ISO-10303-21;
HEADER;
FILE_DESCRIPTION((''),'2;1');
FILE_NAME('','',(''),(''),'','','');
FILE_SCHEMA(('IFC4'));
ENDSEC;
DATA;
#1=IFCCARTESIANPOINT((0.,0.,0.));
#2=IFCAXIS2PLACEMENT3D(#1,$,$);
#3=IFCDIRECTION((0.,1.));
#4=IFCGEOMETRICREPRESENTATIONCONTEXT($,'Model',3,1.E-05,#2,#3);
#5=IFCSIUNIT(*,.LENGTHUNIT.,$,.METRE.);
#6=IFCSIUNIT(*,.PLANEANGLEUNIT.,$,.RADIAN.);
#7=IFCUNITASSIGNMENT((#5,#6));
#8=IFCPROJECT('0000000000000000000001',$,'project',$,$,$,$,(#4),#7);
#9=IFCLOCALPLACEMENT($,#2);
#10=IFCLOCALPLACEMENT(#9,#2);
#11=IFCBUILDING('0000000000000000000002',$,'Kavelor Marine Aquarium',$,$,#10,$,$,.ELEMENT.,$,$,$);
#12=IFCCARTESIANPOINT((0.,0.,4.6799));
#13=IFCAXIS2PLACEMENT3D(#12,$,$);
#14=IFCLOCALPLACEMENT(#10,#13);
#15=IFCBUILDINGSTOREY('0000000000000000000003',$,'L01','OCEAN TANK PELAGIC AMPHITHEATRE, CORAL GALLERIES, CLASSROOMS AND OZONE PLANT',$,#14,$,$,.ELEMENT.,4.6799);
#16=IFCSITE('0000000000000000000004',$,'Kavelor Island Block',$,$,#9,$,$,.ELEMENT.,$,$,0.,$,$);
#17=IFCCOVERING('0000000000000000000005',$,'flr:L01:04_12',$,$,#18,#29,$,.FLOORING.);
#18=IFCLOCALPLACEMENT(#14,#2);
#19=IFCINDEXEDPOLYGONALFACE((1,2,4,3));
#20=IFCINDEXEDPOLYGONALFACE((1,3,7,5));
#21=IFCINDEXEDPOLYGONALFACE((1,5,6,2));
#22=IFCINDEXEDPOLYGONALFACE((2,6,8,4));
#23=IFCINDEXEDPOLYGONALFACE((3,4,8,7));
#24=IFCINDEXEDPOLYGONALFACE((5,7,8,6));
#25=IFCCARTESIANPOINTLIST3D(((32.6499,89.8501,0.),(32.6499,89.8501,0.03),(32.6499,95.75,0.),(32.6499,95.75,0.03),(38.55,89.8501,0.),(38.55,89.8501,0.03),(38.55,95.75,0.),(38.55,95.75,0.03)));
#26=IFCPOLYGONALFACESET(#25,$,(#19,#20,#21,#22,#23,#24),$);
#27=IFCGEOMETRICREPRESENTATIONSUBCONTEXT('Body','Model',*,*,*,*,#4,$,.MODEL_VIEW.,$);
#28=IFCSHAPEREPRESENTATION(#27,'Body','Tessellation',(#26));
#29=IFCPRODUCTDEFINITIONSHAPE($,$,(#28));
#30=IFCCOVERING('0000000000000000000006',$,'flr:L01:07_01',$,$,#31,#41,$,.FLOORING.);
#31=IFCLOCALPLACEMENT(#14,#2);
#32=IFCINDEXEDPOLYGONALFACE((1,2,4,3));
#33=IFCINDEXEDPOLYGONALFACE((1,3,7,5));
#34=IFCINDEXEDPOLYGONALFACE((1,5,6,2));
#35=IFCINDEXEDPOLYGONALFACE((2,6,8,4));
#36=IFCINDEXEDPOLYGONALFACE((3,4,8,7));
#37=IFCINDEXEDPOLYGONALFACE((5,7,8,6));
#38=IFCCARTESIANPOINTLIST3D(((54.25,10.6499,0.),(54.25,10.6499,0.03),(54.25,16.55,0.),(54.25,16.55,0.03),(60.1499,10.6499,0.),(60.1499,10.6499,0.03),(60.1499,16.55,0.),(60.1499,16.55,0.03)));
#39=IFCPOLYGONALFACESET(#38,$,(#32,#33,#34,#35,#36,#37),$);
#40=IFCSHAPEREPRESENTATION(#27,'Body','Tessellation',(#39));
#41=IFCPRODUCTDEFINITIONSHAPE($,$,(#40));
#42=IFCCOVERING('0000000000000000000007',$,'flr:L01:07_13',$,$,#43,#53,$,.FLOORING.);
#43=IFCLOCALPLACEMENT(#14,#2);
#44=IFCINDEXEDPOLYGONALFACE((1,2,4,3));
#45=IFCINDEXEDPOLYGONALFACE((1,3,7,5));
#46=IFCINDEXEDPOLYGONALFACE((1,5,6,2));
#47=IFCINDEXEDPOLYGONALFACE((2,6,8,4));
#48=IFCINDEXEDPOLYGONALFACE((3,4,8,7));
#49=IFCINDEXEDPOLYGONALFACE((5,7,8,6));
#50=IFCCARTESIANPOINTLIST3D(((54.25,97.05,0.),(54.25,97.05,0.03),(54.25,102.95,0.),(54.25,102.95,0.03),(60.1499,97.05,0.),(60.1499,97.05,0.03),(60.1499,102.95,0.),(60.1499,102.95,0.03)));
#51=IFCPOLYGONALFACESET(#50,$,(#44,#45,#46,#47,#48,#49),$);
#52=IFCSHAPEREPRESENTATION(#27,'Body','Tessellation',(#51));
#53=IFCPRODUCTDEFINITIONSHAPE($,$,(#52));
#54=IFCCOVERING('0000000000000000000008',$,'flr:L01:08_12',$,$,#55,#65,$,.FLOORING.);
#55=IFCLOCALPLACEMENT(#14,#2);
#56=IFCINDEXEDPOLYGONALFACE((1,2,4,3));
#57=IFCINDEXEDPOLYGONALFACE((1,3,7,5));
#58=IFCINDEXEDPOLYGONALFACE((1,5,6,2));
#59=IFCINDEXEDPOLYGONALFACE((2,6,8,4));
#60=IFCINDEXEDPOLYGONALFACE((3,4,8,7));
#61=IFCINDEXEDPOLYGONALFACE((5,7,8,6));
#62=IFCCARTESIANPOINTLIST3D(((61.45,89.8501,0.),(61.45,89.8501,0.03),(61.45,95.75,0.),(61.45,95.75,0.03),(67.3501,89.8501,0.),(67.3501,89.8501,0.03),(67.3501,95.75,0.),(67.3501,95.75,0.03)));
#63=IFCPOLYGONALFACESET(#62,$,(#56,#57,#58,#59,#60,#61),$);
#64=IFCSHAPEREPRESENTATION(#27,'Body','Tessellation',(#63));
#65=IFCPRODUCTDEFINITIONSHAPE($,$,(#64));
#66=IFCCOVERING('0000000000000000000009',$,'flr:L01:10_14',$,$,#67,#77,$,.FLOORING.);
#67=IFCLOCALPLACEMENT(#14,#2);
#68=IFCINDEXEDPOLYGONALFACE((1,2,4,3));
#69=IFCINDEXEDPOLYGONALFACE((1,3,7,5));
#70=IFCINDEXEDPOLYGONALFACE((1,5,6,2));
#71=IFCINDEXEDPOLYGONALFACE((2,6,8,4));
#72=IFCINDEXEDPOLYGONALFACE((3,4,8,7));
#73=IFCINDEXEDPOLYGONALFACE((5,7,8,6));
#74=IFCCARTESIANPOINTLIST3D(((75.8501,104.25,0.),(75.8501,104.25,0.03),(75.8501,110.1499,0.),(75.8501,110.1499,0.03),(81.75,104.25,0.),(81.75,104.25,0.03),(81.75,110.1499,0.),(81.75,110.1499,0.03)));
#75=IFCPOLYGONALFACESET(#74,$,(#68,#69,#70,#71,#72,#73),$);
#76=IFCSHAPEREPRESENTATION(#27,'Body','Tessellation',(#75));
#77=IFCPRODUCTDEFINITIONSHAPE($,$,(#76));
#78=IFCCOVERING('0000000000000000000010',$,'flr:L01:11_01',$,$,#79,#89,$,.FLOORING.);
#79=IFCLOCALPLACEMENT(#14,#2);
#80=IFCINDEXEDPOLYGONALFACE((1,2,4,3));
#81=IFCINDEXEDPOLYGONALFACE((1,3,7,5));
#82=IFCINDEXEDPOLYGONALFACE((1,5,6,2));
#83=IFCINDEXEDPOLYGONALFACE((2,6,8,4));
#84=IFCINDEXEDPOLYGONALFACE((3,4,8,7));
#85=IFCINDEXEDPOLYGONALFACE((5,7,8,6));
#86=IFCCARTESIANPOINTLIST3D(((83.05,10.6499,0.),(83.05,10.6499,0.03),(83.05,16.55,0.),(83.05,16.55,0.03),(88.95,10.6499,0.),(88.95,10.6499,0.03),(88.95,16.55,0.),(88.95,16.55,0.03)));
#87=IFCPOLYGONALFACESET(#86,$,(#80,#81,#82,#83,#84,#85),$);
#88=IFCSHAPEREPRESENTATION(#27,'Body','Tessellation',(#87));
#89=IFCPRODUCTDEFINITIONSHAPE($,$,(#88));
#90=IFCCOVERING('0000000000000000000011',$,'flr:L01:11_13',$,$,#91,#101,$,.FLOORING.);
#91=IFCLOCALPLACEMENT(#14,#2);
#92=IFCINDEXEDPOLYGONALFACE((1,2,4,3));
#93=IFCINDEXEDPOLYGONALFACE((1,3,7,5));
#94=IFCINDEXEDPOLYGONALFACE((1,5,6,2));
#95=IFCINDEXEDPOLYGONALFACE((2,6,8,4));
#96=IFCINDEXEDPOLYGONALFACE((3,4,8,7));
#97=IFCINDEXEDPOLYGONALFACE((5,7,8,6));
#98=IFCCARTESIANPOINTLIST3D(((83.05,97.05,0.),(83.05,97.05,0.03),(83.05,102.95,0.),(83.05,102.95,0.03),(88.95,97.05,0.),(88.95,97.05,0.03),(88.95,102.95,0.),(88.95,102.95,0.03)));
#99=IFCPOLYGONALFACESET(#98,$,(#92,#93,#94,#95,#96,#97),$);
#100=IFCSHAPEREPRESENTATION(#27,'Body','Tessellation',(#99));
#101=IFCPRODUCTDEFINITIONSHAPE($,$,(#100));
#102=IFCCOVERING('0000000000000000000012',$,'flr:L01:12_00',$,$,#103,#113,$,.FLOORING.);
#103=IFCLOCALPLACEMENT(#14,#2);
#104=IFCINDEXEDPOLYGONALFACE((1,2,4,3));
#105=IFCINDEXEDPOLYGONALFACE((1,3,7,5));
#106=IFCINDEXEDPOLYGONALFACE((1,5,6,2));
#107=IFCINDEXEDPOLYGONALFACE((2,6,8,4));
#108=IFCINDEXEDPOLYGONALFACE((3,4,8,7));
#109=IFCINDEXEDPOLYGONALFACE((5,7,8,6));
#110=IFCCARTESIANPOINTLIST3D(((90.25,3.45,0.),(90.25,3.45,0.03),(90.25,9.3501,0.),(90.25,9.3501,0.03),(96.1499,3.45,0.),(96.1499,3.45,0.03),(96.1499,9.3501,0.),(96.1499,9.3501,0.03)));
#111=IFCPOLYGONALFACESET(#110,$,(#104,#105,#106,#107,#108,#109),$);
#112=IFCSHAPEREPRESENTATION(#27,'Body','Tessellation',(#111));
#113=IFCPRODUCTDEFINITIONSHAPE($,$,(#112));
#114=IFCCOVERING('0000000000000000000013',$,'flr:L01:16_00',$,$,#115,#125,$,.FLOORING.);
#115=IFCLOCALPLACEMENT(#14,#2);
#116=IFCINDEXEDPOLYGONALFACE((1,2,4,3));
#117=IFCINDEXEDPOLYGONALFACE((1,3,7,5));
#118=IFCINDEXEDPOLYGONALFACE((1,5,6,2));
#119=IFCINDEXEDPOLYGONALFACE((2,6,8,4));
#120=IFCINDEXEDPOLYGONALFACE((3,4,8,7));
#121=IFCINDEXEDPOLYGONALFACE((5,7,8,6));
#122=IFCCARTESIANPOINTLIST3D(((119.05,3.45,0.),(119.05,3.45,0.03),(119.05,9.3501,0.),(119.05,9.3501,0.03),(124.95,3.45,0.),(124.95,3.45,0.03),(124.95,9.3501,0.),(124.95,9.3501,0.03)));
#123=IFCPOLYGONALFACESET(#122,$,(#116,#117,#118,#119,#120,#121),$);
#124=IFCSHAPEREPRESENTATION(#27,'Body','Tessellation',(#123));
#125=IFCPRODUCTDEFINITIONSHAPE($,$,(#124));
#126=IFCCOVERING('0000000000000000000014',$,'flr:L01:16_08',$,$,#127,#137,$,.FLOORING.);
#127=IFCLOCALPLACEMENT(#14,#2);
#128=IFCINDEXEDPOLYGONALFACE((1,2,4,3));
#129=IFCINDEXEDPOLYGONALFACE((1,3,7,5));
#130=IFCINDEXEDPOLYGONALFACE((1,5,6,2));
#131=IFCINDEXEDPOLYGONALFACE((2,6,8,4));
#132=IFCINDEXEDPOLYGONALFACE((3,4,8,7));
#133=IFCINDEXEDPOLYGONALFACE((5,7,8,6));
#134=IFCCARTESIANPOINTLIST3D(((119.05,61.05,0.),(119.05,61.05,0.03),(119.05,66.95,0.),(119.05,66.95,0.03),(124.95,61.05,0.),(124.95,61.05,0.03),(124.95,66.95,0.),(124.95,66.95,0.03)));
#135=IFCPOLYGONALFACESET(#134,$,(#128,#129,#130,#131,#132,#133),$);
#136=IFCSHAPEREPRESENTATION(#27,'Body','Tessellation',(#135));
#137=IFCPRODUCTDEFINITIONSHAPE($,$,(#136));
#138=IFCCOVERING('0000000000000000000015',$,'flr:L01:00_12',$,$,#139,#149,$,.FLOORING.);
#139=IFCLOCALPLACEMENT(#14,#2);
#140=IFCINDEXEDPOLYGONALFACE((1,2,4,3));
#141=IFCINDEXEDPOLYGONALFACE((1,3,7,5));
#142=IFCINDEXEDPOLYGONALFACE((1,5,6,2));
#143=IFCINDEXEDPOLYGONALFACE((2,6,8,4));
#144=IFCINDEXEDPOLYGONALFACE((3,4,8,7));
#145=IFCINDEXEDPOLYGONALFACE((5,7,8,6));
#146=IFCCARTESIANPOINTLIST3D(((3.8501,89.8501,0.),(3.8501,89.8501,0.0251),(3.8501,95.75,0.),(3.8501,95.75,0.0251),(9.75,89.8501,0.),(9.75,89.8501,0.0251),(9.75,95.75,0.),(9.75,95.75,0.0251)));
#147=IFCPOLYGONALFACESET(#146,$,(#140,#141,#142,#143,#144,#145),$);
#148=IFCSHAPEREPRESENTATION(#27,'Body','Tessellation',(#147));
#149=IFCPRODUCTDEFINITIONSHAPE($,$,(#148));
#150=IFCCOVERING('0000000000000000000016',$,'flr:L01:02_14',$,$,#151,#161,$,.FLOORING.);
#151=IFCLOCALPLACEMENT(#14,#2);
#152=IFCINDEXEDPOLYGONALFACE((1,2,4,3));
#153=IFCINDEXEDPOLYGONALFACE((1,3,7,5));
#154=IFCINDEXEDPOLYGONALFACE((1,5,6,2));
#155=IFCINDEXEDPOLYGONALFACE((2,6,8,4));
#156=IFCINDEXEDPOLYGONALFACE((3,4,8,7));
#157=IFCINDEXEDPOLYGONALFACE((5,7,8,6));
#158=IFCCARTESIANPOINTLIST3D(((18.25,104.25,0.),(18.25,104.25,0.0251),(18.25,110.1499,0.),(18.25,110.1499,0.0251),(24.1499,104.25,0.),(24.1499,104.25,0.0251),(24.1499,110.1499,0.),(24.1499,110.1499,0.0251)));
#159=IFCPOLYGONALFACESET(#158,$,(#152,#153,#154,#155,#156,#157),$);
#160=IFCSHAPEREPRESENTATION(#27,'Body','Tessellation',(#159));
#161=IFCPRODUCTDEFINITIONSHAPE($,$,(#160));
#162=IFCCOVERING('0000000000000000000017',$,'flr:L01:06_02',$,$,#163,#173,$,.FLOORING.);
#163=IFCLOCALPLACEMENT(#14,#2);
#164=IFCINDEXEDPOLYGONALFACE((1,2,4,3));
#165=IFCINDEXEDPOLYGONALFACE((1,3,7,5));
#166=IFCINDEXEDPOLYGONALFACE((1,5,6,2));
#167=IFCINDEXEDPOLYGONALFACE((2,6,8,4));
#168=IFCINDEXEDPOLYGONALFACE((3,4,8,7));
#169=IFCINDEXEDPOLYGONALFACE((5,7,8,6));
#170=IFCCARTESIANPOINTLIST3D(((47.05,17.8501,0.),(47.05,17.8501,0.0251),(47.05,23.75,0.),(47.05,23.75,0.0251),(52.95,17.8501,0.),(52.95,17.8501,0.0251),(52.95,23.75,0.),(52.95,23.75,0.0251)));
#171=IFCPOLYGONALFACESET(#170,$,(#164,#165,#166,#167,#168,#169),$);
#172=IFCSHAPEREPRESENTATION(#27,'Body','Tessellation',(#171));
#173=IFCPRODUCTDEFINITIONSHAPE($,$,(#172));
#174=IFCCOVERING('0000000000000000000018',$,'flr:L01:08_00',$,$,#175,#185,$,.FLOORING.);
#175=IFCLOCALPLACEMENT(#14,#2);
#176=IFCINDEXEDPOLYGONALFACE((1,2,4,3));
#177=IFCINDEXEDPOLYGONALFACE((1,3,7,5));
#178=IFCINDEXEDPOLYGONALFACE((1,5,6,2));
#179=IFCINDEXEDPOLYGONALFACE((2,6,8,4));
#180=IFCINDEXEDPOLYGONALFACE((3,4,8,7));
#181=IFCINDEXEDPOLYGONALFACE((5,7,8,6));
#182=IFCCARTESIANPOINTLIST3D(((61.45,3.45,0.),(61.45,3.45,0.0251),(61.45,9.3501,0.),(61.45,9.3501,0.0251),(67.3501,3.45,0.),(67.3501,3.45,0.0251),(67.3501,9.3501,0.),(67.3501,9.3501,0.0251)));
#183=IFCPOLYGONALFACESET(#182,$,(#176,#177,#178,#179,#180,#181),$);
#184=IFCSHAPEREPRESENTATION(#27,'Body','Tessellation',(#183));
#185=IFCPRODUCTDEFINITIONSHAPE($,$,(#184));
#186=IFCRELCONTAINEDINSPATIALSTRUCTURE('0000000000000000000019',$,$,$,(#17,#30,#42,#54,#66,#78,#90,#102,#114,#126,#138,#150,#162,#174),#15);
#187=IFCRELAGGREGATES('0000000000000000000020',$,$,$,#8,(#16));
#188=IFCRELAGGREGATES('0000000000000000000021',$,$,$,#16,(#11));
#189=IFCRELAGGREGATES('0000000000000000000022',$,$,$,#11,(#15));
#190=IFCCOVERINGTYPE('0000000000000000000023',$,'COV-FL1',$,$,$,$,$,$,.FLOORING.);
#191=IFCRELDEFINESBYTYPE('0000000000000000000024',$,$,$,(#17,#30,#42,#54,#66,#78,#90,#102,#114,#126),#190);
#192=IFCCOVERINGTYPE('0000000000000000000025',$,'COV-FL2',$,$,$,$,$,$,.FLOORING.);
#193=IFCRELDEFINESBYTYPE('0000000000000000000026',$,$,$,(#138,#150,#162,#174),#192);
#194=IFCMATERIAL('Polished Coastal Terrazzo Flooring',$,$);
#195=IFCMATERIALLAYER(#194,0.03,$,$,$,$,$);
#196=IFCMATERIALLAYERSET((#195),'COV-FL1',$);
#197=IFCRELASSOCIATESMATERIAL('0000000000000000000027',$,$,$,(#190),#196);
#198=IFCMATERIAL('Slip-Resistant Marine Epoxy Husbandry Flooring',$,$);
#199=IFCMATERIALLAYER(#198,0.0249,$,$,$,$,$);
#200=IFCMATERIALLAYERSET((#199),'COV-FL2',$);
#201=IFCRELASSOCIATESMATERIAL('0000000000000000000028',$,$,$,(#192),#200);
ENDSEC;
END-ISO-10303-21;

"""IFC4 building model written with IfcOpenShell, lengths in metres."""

from ifc_helpers import new_model, si_unit, direction, frame, origin, place, context, subcontext, project, spatial, polyline, outline, extrude, material, layer, layer_set, type_object, element, save


model = new_model("IFC4")

# Units and contexts
model_context = context("Model", 3, precision=1e-05, world=origin(), true_north=direction((0.0, 1.0)))
body_context = subcontext(model_context, "Body", "Model", "MODEL_VIEW")
ifc_project = project(units=[si_unit("LENGTHUNIT", "METRE"), si_unit("PLANEANGLEUNIT", "RADIAN")], contexts=[model_context])

# Site, building, storey
site_placement = place(None, origin())
site = spatial("IfcSite", under=ifc_project, at=site_placement, Name="Kavelor Island Block", CompositionType="ELEMENT", RefElevation=0.0)
building_placement = place(site_placement, origin())
building = spatial("IfcBuilding", under=site, at=building_placement, Name="Kavelor Marine Aquarium", CompositionType="ELEMENT")
storey_placement = place(building_placement, frame((0.0, 0.0, 4.6799)))
storey = spatial("IfcBuildingStorey", under=building, at=storey_placement, Name="L01", Description="OCEAN TANK PELAGIC AMPHITHEATRE, CORAL GALLERIES, CLASSROOMS AND OZONE PLANT", CompositionType="ELEMENT", Elevation=4.6799)

# Coverings
ifc_material_1 = material(Name="Polished Coastal Terrazzo Flooring")
ifc_layer_1 = layer(ifc_material_1, 0.03)
ifc_layer_set_1 = layer_set([ifc_layer_1], Name="COV-FL1")
covering_type_1 = type_object("IfcCoveringType", Name="COV-FL1", PredefinedType="FLOORING", material=ifc_layer_set_1)
covering_1_placement = place(storey_placement, origin())
element("IfcCovering", 1, at=covering_1_placement, inside=storey, type_object=covering_type_1, Name="flr:L01:04_12", PredefinedType="FLOORING", context=body_context, shape_type="SweptSolid", body=[
    extrude(outline(polyline([(32.6499, 89.8501), (38.55, 89.8501), (38.55, 95.75), (32.6499, 95.75), (32.6499, 89.8501)])), origin(), (0.0, 0.0, 1.0), 0.03),
])
covering_2_placement = place(storey_placement, origin())
element("IfcCovering", 2, at=covering_2_placement, inside=storey, type_object=covering_type_1, Name="flr:L01:07_01", PredefinedType="FLOORING", context=body_context, shape_type="SweptSolid", body=[
    extrude(outline(polyline([(54.25, 10.6499), (60.1499, 10.6499), (60.1499, 16.55), (54.25, 16.55), (54.25, 10.6499)])), origin(), (0.0, 0.0, 1.0), 0.03),
])
covering_3_placement = place(storey_placement, origin())
element("IfcCovering", 3, at=covering_3_placement, inside=storey, type_object=covering_type_1, Name="flr:L01:07_13", PredefinedType="FLOORING", context=body_context, shape_type="SweptSolid", body=[
    extrude(outline(polyline([(54.25, 97.05), (60.1499, 97.05), (60.1499, 102.95), (54.25, 102.95), (54.25, 97.05)])), origin(), (0.0, 0.0, 1.0), 0.03),
])
covering_4_placement = place(storey_placement, origin())
element("IfcCovering", 4, at=covering_4_placement, inside=storey, type_object=covering_type_1, Name="flr:L01:08_12", PredefinedType="FLOORING", context=body_context, shape_type="SweptSolid", body=[
    extrude(outline(polyline([(61.45, 89.8501), (67.3501, 89.8501), (67.3501, 95.75), (61.45, 95.75), (61.45, 89.8501)])), origin(), (0.0, 0.0, 1.0), 0.03),
])
covering_5_placement = place(storey_placement, origin())
element("IfcCovering", 5, at=covering_5_placement, inside=storey, type_object=covering_type_1, Name="flr:L01:10_14", PredefinedType="FLOORING", context=body_context, shape_type="SweptSolid", body=[
    extrude(outline(polyline([(75.8501, 104.25), (81.75, 104.25), (81.75, 110.1499), (75.8501, 110.1499), (75.8501, 104.25)])), origin(), (0.0, 0.0, 1.0), 0.03),
])
covering_6_placement = place(storey_placement, origin())
element("IfcCovering", 6, at=covering_6_placement, inside=storey, type_object=covering_type_1, Name="flr:L01:11_01", PredefinedType="FLOORING", context=body_context, shape_type="SweptSolid", body=[
    extrude(outline(polyline([(83.05, 10.6499), (88.95, 10.6499), (88.95, 16.55), (83.05, 16.55), (83.05, 10.6499)])), origin(), (0.0, 0.0, 1.0), 0.03),
])
covering_7_placement = place(storey_placement, origin())
element("IfcCovering", 7, at=covering_7_placement, inside=storey, type_object=covering_type_1, Name="flr:L01:11_13", PredefinedType="FLOORING", context=body_context, shape_type="SweptSolid", body=[
    extrude(outline(polyline([(83.05, 97.05), (88.95, 97.05), (88.95, 102.95), (83.05, 102.95), (83.05, 97.05)])), origin(), (0.0, 0.0, 1.0), 0.03),
])
covering_8_placement = place(storey_placement, origin())
element("IfcCovering", 8, at=covering_8_placement, inside=storey, type_object=covering_type_1, Name="flr:L01:12_00", PredefinedType="FLOORING", context=body_context, shape_type="SweptSolid", body=[
    extrude(outline(polyline([(90.25, 3.45), (96.1499, 3.45), (96.1499, 9.3501), (90.25, 9.3501), (90.25, 3.45)])), origin(), (0.0, 0.0, 1.0), 0.03),
])
covering_9_placement = place(storey_placement, origin())
element("IfcCovering", 9, at=covering_9_placement, inside=storey, type_object=covering_type_1, Name="flr:L01:16_00", PredefinedType="FLOORING", context=body_context, shape_type="SweptSolid", body=[
    extrude(outline(polyline([(119.05, 3.45), (124.95, 3.45), (124.95, 9.3501), (119.05, 9.3501), (119.05, 3.45)])), origin(), (0.0, 0.0, 1.0), 0.03),
])
covering_10_placement = place(storey_placement, origin())
element("IfcCovering", 10, at=covering_10_placement, inside=storey, type_object=covering_type_1, Name="flr:L01:16_08", PredefinedType="FLOORING", context=body_context, shape_type="SweptSolid", body=[
    extrude(outline(polyline([(119.05, 61.05), (124.95, 61.05), (124.95, 66.95), (119.05, 66.95), (119.05, 61.05)])), origin(), (0.0, 0.0, 1.0), 0.03),
])
ifc_material_2 = material(Name="Slip-Resistant Marine Epoxy Husbandry Flooring")
ifc_layer_2 = layer(ifc_material_2, 0.0249)
ifc_layer_set_2 = layer_set([ifc_layer_2], Name="COV-FL2")
covering_type_2 = type_object("IfcCoveringType", Name="COV-FL2", PredefinedType="FLOORING", material=ifc_layer_set_2)
covering_11_placement = place(storey_placement, origin())
element("IfcCovering", 11, at=covering_11_placement, inside=storey, type_object=covering_type_2, Name="flr:L01:00_12", PredefinedType="FLOORING", context=body_context, shape_type="SweptSolid", body=[
    extrude(outline(polyline([(3.8501, 89.8501), (9.75, 89.8501), (9.75, 95.75), (3.8501, 95.75), (3.8501, 89.8501)])), origin(), (0.0, 0.0, 1.0), 0.0251),
])
covering_12_placement = place(storey_placement, origin())
element("IfcCovering", 12, at=covering_12_placement, inside=storey, type_object=covering_type_2, Name="flr:L01:02_14", PredefinedType="FLOORING", context=body_context, shape_type="SweptSolid", body=[
    extrude(outline(polyline([(18.25, 104.25), (24.1499, 104.25), (24.1499, 110.1499), (18.25, 110.1499), (18.25, 104.25)])), origin(), (0.0, 0.0, 1.0), 0.0251),
])
covering_13_placement = place(storey_placement, origin())
element("IfcCovering", 13, at=covering_13_placement, inside=storey, type_object=covering_type_2, Name="flr:L01:06_02", PredefinedType="FLOORING", context=body_context, shape_type="SweptSolid", body=[
    extrude(outline(polyline([(47.05, 17.8501), (52.95, 17.8501), (52.95, 23.75), (47.05, 23.75), (47.05, 17.8501)])), origin(), (0.0, 0.0, 1.0), 0.0251),
])
covering_14_placement = place(storey_placement, origin())
element("IfcCovering", 14, at=covering_14_placement, inside=storey, type_object=covering_type_2, Name="flr:L01:08_00", PredefinedType="FLOORING", context=body_context, shape_type="SweptSolid", body=[
    extrude(outline(polyline([(61.45, 3.45), (67.3501, 3.45), (67.3501, 9.3501), (61.45, 9.3501), (61.45, 3.45)])), origin(), (0.0, 0.0, 1.0), 0.0251),
])

save(model, "model.ifc")
